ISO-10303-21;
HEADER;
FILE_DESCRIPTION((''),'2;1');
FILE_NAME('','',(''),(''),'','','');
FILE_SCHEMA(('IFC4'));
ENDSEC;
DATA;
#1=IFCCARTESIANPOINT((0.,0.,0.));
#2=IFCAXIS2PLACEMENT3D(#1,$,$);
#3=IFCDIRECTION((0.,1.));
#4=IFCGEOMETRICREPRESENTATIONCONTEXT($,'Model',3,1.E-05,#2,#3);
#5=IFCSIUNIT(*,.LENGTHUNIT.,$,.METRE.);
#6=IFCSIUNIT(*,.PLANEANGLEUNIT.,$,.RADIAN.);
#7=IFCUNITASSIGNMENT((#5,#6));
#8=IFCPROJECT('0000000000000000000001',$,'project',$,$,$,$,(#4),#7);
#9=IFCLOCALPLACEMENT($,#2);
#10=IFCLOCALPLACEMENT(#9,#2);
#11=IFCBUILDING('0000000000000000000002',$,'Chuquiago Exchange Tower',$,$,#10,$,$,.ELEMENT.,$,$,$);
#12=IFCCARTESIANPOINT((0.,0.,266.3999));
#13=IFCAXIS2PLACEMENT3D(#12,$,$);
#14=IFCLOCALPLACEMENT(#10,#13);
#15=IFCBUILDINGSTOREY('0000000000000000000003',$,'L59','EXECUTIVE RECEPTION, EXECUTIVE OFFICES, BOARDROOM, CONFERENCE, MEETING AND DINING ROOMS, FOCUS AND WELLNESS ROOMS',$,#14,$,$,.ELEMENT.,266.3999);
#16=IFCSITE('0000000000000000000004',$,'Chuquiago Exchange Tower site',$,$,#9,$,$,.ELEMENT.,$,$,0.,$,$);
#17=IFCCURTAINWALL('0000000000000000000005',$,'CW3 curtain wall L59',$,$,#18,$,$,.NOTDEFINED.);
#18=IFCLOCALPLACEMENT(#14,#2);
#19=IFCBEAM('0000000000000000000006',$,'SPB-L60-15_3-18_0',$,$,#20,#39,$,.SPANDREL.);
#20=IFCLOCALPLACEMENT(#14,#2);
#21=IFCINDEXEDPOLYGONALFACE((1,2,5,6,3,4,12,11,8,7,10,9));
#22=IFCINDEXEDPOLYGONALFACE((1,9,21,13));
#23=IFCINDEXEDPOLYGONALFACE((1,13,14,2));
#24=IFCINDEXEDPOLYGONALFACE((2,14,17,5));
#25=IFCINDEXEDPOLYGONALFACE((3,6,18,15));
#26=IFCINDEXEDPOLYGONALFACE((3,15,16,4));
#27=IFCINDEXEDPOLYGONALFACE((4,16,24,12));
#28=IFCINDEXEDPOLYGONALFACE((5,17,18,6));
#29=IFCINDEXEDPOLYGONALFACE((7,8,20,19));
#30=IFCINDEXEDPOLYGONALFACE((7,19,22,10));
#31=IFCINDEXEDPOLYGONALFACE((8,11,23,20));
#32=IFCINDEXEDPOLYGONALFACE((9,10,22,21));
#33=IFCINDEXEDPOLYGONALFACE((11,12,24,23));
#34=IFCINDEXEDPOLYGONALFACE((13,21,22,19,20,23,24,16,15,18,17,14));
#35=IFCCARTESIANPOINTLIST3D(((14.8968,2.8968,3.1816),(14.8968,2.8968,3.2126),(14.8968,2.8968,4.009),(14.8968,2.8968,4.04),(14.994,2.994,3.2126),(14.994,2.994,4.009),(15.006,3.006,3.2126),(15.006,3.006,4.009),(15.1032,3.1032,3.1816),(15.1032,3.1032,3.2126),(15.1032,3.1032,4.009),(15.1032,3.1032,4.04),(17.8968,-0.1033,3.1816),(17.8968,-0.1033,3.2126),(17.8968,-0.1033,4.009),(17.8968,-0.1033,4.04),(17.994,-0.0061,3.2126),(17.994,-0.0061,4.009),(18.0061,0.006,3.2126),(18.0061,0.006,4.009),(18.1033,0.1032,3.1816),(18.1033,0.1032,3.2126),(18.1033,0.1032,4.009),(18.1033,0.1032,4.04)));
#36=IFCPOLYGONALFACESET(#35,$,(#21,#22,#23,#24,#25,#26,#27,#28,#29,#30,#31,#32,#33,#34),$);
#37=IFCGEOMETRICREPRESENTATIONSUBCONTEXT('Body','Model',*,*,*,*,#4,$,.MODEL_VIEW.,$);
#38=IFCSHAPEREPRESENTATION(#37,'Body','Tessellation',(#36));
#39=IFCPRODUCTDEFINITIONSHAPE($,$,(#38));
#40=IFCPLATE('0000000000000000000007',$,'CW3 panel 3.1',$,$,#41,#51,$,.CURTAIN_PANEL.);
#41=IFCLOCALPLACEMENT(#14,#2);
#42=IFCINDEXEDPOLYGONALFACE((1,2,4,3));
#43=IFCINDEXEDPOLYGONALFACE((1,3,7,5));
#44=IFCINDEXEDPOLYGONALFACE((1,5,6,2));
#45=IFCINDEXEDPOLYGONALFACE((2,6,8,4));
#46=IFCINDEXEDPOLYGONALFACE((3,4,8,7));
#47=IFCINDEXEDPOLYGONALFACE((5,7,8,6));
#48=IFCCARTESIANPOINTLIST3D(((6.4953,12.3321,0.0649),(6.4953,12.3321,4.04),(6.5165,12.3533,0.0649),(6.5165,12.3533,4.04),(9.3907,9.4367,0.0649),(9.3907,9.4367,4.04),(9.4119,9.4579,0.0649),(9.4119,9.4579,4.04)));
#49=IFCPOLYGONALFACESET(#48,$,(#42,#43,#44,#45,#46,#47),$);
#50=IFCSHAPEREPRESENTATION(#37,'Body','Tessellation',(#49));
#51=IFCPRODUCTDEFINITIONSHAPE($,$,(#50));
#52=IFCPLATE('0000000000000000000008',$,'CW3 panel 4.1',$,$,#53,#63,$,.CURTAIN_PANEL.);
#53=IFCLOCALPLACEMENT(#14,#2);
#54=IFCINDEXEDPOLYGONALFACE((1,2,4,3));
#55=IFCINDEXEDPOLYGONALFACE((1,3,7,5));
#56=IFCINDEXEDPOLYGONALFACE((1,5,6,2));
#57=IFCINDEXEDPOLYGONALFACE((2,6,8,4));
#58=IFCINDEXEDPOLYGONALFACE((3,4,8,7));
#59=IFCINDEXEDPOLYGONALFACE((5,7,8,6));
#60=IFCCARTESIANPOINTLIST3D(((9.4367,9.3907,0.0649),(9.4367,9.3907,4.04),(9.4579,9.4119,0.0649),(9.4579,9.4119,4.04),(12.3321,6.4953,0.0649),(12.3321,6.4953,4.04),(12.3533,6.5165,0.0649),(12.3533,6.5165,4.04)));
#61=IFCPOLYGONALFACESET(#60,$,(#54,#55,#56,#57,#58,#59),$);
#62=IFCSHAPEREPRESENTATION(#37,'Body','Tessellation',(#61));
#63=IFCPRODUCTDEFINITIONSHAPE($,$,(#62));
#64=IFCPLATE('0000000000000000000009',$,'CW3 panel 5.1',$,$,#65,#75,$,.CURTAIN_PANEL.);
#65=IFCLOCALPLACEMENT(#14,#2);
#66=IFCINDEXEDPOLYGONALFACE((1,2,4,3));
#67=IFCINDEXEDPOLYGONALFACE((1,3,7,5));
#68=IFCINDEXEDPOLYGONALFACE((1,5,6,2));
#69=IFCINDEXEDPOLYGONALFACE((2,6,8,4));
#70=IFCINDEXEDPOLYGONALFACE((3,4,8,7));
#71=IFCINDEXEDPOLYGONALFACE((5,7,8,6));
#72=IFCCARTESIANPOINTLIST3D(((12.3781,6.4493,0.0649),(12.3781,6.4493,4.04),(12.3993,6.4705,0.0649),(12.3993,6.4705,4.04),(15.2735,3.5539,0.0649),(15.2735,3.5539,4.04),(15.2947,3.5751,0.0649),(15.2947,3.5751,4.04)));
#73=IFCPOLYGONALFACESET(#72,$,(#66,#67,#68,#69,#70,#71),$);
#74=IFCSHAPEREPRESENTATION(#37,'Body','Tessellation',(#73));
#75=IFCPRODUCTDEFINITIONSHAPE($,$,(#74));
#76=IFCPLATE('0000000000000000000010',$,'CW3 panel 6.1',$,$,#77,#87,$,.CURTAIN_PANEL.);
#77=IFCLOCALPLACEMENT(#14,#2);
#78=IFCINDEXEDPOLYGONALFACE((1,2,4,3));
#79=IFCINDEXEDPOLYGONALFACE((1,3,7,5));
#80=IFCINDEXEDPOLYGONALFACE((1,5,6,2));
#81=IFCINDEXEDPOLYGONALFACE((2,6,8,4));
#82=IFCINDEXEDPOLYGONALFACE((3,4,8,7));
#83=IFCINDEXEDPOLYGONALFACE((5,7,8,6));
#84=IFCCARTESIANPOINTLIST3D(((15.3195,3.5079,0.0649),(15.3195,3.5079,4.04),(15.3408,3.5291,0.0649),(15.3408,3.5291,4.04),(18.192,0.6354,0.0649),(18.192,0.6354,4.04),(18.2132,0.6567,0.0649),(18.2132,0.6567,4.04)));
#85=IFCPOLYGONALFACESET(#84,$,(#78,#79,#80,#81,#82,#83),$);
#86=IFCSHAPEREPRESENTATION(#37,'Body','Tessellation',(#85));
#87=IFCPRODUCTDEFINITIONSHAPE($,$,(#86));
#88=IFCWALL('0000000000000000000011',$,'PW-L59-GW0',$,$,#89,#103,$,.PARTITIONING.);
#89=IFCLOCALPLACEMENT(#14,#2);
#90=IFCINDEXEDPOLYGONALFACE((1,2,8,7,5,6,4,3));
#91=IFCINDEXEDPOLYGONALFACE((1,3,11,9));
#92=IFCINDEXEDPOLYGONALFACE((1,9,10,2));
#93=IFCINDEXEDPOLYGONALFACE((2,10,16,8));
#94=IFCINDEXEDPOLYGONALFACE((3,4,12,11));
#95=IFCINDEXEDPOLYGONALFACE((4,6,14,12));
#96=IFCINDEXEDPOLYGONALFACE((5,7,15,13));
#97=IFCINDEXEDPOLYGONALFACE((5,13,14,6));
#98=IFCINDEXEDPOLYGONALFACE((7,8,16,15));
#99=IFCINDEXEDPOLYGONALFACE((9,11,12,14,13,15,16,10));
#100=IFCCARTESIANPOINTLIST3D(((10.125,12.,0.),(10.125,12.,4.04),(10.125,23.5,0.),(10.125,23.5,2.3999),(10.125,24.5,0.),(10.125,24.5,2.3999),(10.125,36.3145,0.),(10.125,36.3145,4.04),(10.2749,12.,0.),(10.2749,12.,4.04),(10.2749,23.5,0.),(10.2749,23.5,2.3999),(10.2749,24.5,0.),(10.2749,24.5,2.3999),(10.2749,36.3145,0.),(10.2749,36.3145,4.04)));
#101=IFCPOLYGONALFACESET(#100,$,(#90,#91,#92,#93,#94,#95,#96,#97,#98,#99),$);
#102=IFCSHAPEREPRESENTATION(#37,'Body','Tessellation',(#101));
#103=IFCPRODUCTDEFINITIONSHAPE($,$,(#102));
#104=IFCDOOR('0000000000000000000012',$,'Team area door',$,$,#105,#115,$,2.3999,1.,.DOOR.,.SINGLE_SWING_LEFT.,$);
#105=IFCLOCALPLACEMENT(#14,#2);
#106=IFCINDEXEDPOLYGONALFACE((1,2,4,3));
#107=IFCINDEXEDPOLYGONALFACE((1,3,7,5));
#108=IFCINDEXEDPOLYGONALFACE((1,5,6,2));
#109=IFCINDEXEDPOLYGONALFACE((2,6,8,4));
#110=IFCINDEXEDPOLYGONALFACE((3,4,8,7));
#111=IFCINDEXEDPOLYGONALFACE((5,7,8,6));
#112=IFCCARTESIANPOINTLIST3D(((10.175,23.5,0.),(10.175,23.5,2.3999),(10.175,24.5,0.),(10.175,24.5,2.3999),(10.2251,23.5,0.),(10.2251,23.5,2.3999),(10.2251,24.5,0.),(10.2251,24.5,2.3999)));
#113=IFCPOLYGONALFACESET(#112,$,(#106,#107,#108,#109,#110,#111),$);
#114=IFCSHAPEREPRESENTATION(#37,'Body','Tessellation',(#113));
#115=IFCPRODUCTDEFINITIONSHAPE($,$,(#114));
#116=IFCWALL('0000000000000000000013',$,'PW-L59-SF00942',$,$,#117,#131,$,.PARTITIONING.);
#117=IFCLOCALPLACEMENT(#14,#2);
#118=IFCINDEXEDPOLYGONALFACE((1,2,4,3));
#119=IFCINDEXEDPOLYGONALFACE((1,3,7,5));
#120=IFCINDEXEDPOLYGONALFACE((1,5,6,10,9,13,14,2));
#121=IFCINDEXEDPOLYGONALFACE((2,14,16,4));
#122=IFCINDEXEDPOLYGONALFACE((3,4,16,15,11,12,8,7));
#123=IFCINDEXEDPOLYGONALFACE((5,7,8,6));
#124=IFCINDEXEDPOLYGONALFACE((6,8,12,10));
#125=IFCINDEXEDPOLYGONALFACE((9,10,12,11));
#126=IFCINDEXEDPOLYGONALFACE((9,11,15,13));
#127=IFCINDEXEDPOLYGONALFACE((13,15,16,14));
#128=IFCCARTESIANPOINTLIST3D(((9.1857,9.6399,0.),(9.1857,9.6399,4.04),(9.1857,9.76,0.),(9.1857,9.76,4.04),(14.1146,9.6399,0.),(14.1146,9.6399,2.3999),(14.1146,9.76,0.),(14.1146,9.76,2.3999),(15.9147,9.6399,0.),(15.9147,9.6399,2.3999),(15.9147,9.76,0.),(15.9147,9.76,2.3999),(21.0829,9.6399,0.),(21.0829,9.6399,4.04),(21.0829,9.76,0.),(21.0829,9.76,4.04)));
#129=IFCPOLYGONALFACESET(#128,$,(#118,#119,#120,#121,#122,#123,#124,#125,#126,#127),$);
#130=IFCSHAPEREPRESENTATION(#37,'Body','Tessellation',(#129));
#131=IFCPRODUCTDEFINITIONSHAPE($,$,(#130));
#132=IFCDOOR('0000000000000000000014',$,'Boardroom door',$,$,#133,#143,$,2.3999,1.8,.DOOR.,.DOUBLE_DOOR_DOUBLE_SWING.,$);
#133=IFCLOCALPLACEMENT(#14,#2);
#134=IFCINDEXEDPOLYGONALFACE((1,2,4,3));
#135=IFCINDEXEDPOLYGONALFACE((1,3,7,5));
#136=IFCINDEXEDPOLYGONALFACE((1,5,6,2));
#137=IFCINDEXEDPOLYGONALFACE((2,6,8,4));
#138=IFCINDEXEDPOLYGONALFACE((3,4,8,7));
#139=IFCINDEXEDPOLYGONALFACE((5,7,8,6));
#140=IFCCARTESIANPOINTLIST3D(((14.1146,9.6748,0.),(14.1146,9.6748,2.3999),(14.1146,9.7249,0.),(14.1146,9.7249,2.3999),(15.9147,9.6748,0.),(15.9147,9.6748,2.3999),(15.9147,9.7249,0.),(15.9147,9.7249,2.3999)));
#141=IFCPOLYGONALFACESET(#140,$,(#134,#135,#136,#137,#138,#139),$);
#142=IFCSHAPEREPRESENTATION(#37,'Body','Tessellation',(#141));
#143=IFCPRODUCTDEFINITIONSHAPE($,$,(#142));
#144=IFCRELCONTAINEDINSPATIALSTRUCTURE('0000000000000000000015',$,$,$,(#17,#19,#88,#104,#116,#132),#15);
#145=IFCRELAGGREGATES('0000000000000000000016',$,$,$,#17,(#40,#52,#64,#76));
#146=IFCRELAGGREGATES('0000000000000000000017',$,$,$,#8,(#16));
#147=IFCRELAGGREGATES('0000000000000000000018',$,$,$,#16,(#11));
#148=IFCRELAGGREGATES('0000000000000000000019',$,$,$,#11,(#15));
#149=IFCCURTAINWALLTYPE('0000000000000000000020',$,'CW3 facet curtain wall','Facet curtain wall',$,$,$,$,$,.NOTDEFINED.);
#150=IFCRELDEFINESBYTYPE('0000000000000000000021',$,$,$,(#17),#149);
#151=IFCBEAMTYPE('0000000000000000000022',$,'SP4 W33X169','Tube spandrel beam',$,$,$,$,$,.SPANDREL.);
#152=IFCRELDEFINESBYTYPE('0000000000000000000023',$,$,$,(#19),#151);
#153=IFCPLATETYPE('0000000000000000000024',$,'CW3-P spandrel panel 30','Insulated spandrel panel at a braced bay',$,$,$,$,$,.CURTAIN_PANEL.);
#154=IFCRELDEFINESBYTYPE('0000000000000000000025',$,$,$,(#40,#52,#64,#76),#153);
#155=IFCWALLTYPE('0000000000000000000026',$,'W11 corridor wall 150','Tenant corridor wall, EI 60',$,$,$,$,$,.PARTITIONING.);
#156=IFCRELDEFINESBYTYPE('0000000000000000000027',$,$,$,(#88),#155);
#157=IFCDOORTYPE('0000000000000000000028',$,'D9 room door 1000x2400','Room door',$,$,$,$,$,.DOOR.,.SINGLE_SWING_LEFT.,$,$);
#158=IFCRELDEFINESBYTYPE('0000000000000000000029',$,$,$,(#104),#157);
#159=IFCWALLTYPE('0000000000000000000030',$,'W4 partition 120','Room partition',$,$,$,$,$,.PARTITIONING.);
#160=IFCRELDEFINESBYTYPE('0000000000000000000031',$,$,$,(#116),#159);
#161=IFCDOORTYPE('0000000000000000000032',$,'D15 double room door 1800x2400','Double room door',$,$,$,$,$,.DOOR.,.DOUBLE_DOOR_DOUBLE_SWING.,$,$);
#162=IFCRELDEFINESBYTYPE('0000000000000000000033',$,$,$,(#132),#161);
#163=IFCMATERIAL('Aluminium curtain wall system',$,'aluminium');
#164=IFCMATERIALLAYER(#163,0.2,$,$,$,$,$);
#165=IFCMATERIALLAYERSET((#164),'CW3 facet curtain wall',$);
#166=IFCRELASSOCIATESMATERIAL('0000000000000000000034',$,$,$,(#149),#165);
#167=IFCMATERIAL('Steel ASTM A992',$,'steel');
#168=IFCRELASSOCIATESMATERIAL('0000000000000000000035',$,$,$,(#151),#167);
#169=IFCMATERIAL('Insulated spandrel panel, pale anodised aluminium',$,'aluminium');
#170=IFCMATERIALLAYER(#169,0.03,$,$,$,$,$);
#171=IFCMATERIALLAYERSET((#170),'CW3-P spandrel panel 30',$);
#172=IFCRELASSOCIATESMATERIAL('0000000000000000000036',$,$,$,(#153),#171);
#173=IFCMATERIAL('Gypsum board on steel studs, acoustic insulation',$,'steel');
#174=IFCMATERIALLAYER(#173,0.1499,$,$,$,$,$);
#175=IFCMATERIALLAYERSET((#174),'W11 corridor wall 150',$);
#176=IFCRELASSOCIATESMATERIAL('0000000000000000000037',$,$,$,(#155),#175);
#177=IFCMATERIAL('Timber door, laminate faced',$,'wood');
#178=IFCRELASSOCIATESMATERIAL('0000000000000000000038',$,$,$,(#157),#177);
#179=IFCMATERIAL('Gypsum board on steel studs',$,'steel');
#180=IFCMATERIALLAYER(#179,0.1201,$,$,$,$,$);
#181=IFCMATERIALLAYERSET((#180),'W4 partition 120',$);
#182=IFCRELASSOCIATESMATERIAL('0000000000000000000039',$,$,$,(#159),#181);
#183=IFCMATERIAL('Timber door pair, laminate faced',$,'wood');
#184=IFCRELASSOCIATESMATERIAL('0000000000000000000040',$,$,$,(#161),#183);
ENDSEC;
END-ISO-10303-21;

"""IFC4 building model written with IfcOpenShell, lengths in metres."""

from ifc_helpers import new_model, si_unit, direction, frame, frame_2d, origin, origin_2d, place, context, subcontext, project, spatial, rectangle, i_section, extrude, material, layer, layer_set, material_profile, profile_set, type_object, element, fill, aggregate, save


model = new_model("IFC4")

# Units and contexts
model_context = context("Model", 3, precision=1e-05, world=origin(), true_north=direction((0.0, 1.0)))
body_context = subcontext(model_context, "Body", "Model", "MODEL_VIEW")
ifc_project = project(units=[si_unit("LENGTHUNIT", "METRE"), si_unit("PLANEANGLEUNIT", "RADIAN")], contexts=[model_context])

# Site, building, storey
site_placement = place(None, origin())
site = spatial("IfcSite", under=ifc_project, at=site_placement, Name="Chuquiago Exchange Tower site", CompositionType="ELEMENT", RefElevation=0.0)
building_placement = place(site_placement, origin())
building = spatial("IfcBuilding", under=site, at=building_placement, Name="Chuquiago Exchange Tower", CompositionType="ELEMENT")
storey_placement = place(building_placement, frame((0.0, 0.0, 266.3999)))
storey = spatial("IfcBuildingStorey", under=building, at=storey_placement, Name="L59", Description="EXECUTIVE RECEPTION, EXECUTIVE OFFICES, BOARDROOM, CONFERENCE, MEETING AND DINING ROOMS, FOCUS AND WELLNESS ROOMS", CompositionType="ELEMENT", Elevation=266.3999)

# Curtain wall
ifc_material_1 = material(Name="Aluminium curtain wall system", Category="aluminium")
ifc_layer_1 = layer(ifc_material_1, 0.2)
ifc_layer_set_1 = layer_set([ifc_layer_1], Name="CW3 facet curtain wall")
curtain_wall_type_1 = type_object("IfcCurtainWallType", Name="CW3 facet curtain wall", Description="Facet curtain wall", PredefinedType="NOTDEFINED", material=ifc_layer_set_1)
curtain_wall_1_placement = place(storey_placement, origin())
curtain_wall_1 = element("IfcCurtainWall", 1, at=curtain_wall_1_placement, inside=storey, type_object=curtain_wall_type_1, Name="CW3 curtain wall L59", PredefinedType="NOTDEFINED")

# Beam
ifc_material_2 = material(Name="Steel ASTM A992", Category="steel")
ifc_material_profile_1 = material_profile(ifc_material_2, i_section(OverallWidth=0.292, OverallDepth=0.8584, WebThickness=0.0171, FlangeThickness=0.031, at=origin_2d()), Name="W33X169")
ifc_profile_set_1 = profile_set([ifc_material_profile_1], Name="Steel ASTM A992")
beam_type_1 = type_object("IfcBeamType", Name="SP4 W33X169", Description="Tube spandrel beam", PredefinedType="SPANDREL", material=ifc_profile_set_1)
for number, where, z_axis, x_axis, name in (
    (2, (15.0, 3.0, 3.6108), (0.707107, -0.707107, 0.0), (0.707107, 0.707107, 0.0), "SPB-L60-15_3-18_0"),
):
    element("IfcBeam", number, at=place(storey_placement, frame(where, z_axis=z_axis, x_axis=x_axis)), inside=storey, type_object=beam_type_1, Name=name, PredefinedType="SPANDREL", context=body_context, shape_type="SweptSolid", body=[
        extrude(i_section(OverallWidth=0.292, OverallDepth=0.8584, WebThickness=0.0171, FlangeThickness=0.031, at=origin_2d()), origin(), (0.0, 0.0, 1.0), 4.2427),
    ])

# Plates
ifc_material_3 = material(Name="Insulated spandrel panel, pale anodised aluminium", Category="aluminium")
ifc_layer_2 = layer(ifc_material_3, 0.03)
ifc_layer_set_2 = layer_set([ifc_layer_2], Name="CW3-P spandrel panel 30")
plate_type = type_object("IfcPlateType", Name="CW3-P spandrel panel 30", Description="Insulated spandrel panel at a braced bay", PredefinedType="CURTAIN_PANEL", material=ifc_layer_set_2)
plate_1_placement = place(storey_placement, frame((7.9536, 10.895, 0.0649), z_axis=(0.0, 0.0, 1.0), x_axis=(0.707107, -0.707107, 0.0)))
plate_1 = element("IfcPlate", 3, at=plate_1_placement, type_object=plate_type, Name="CW3 panel 3.1", PredefinedType="CURTAIN_PANEL", context=body_context, shape_type="SweptSolid", body=[
    extrude(rectangle(XDim=4.0947, YDim=0.03, at=origin_2d()), origin(), (0.0, 0.0, 1.0), 3.9751),
])
plate_2_placement = place(storey_placement, frame((10.895, 7.9536, 0.0649), z_axis=(0.0, 0.0, 1.0), x_axis=(0.707107, -0.707107, 0.0)))
plate_2 = element("IfcPlate", 4, at=plate_2_placement, type_object=plate_type, Name="CW3 panel 4.1", PredefinedType="CURTAIN_PANEL", context=body_context, shape_type="SweptSolid", body=[
    extrude(rectangle(XDim=4.0947, YDim=0.03, at=origin_2d()), origin(), (0.0, 0.0, 1.0), 3.9751),
])
plate_3_placement = place(storey_placement, frame((13.8364, 5.0122, 0.0649), z_axis=(0.0, 0.0, 1.0), x_axis=(0.707107, -0.707107, 0.0)))
plate_3 = element("IfcPlate", 5, at=plate_3_placement, type_object=plate_type, Name="CW3 panel 5.1", PredefinedType="CURTAIN_PANEL", context=body_context, shape_type="SweptSolid", body=[
    extrude(rectangle(XDim=4.0947, YDim=0.03, at=origin_2d()), origin(), (0.0, 0.0, 1.0), 3.9751),
])
plate_4_placement = place(storey_placement, frame((16.7664, 2.0823, 0.0649), z_axis=(0.0, 0.0, 1.0), x_axis=(0.707107, -0.707107, 0.0)))
plate_4 = element("IfcPlate", 6, at=plate_4_placement, type_object=plate_type, Name="CW3 panel 6.1", PredefinedType="CURTAIN_PANEL", context=body_context, shape_type="SweptSolid", body=[
    extrude(rectangle(XDim=4.0623, YDim=0.03, at=origin_2d()), origin(), (0.0, 0.0, 1.0), 3.9751),
])
aggregate(curtain_wall_1, [plate_1, plate_2, plate_3, plate_4])

# Walls, openings, doors
ifc_material_4 = material(Name="Gypsum board on steel studs, acoustic insulation", Category="steel")
ifc_layer_3 = layer(ifc_material_4, 0.1499)
ifc_layer_set_3 = layer_set([ifc_layer_3], Name="W11 corridor wall 150")
wall_type_1 = type_object("IfcWallType", Name="W11 corridor wall 150", Description="Tenant corridor wall, EI 60", PredefinedType="PARTITIONING", material=ifc_layer_set_3)
wall_1_placement = place(storey_placement, frame((10.2, 12.0, 0.0), z_axis=(0.0, 0.0, 1.0), x_axis=(0.0, 1.0, 0.0)))
wall_1 = element("IfcWall", 7, at=wall_1_placement, inside=storey, type_object=wall_type_1, Name="PW-L59-GW0", PredefinedType="PARTITIONING", context=body_context, shape_type="SweptSolid", body=[
    extrude(rectangle(XDim=24.3145, YDim=0.1499, at=frame_2d((12.1572, 0.0))), origin(), (0.0, 0.0, 1.0), 4.04),
])
opening_1_placement = place(wall_1_placement, frame((11.5, 0.0, 0.0)))
opening_1 = element("IfcOpeningElement", 8, at=opening_1_placement, cuts=wall_1, PredefinedType="OPENING", context=body_context, shape_type="SweptSolid", body=[
    extrude(rectangle(XDim=1.0, YDim=2.3999, at=frame_2d((0.5, 1.2))), frame((0.0, 0.085, 0.0), z_axis=(0.0, -1.0, 0.0), x_axis=(1.0, 0.0, 0.0)), (0.0, 0.0, 1.0), 0.1699),
])
ifc_material_5 = material(Name="Timber door, laminate faced", Category="wood")
door_type_1 = type_object("IfcDoorType", Name="D9 room door 1000x2400", Description="Room door", OperationType="SINGLE_SWING_LEFT", PredefinedType="DOOR", material=ifc_material_5)
door_1_placement = place(opening_1_placement, origin())
door_1 = element("IfcDoor", 9, at=door_1_placement, inside=storey, type_object=door_type_1, Name="Team area door", OperationType="SINGLE_SWING_LEFT", OverallHeight=2.3999, OverallWidth=1.0, PredefinedType="DOOR", context=body_context, shape_type="SweptSolid", body=[
    extrude(rectangle(XDim=1.0, YDim=2.3999, at=frame_2d((0.5, 1.2))), frame((0.0, 0.0249, 0.0), z_axis=(0.0, -1.0, 0.0), x_axis=(1.0, 0.0, 0.0)), (0.0, 0.0, 1.0), 0.05),
])
fill(opening_1, door_1)
ifc_material_6 = material(Name="Gypsum board on steel studs", Category="steel")
ifc_layer_4 = layer(ifc_material_6, 0.1201)
ifc_layer_set_4 = layer_set([ifc_layer_4], Name="W4 partition 120")
wall_type_2 = type_object("IfcWallType", Name="W4 partition 120", Description="Room partition", PredefinedType="PARTITIONING", material=ifc_layer_set_4)
wall_2_placement = place(storey_placement, frame((9.1855, 9.7, 0.0), z_axis=(0.0, 0.0, 1.0), x_axis=(1.0, 0.0, 0.0)))
wall_2 = element("IfcWall", 10, at=wall_2_placement, inside=storey, type_object=wall_type_2, Name="PW-L59-SF00942", PredefinedType="PARTITIONING", context=body_context, shape_type="SweptSolid", body=[
    extrude(rectangle(XDim=11.8972, YDim=0.1201, at=frame_2d((5.9487, 0.0))), origin(), (0.0, 0.0, 1.0), 4.04),
])
opening_2_placement = place(wall_2_placement, frame((4.9292, 0.0, 0.0)))
opening_2 = element("IfcOpeningElement", 11, at=opening_2_placement, cuts=wall_2, PredefinedType="OPENING", context=body_context, shape_type="SweptSolid", body=[
    extrude(rectangle(XDim=1.8, YDim=2.3999, at=frame_2d((0.8999, 1.2))), frame((0.0, 0.0701, 0.0), z_axis=(0.0, -1.0, 0.0), x_axis=(1.0, 0.0, 0.0)), (0.0, 0.0, 1.0), 0.1401),
])
ifc_material_7 = material(Name="Timber door pair, laminate faced", Category="wood")
door_type_2 = type_object("IfcDoorType", Name="D15 double room door 1800x2400", Description="Double room door", OperationType="DOUBLE_DOOR_DOUBLE_SWING", PredefinedType="DOOR", material=ifc_material_7)
door_2_placement = place(opening_2_placement, origin())
door_2 = element("IfcDoor", 12, at=door_2_placement, inside=storey, type_object=door_type_2, Name="Boardroom door", OperationType="DOUBLE_DOOR_DOUBLE_SWING", OverallHeight=2.3999, OverallWidth=1.8, PredefinedType="DOOR", context=body_context, shape_type="SweptSolid", body=[
    extrude(rectangle(XDim=1.8, YDim=2.3999, at=frame_2d((0.8999, 1.2))), frame((0.0, 0.0249, 0.0), z_axis=(0.0, -1.0, 0.0), x_axis=(1.0, 0.0, 0.0)), (0.0, 0.0, 1.0), 0.05),
])
fill(opening_2, door_2)

save(model, "model.ifc")
